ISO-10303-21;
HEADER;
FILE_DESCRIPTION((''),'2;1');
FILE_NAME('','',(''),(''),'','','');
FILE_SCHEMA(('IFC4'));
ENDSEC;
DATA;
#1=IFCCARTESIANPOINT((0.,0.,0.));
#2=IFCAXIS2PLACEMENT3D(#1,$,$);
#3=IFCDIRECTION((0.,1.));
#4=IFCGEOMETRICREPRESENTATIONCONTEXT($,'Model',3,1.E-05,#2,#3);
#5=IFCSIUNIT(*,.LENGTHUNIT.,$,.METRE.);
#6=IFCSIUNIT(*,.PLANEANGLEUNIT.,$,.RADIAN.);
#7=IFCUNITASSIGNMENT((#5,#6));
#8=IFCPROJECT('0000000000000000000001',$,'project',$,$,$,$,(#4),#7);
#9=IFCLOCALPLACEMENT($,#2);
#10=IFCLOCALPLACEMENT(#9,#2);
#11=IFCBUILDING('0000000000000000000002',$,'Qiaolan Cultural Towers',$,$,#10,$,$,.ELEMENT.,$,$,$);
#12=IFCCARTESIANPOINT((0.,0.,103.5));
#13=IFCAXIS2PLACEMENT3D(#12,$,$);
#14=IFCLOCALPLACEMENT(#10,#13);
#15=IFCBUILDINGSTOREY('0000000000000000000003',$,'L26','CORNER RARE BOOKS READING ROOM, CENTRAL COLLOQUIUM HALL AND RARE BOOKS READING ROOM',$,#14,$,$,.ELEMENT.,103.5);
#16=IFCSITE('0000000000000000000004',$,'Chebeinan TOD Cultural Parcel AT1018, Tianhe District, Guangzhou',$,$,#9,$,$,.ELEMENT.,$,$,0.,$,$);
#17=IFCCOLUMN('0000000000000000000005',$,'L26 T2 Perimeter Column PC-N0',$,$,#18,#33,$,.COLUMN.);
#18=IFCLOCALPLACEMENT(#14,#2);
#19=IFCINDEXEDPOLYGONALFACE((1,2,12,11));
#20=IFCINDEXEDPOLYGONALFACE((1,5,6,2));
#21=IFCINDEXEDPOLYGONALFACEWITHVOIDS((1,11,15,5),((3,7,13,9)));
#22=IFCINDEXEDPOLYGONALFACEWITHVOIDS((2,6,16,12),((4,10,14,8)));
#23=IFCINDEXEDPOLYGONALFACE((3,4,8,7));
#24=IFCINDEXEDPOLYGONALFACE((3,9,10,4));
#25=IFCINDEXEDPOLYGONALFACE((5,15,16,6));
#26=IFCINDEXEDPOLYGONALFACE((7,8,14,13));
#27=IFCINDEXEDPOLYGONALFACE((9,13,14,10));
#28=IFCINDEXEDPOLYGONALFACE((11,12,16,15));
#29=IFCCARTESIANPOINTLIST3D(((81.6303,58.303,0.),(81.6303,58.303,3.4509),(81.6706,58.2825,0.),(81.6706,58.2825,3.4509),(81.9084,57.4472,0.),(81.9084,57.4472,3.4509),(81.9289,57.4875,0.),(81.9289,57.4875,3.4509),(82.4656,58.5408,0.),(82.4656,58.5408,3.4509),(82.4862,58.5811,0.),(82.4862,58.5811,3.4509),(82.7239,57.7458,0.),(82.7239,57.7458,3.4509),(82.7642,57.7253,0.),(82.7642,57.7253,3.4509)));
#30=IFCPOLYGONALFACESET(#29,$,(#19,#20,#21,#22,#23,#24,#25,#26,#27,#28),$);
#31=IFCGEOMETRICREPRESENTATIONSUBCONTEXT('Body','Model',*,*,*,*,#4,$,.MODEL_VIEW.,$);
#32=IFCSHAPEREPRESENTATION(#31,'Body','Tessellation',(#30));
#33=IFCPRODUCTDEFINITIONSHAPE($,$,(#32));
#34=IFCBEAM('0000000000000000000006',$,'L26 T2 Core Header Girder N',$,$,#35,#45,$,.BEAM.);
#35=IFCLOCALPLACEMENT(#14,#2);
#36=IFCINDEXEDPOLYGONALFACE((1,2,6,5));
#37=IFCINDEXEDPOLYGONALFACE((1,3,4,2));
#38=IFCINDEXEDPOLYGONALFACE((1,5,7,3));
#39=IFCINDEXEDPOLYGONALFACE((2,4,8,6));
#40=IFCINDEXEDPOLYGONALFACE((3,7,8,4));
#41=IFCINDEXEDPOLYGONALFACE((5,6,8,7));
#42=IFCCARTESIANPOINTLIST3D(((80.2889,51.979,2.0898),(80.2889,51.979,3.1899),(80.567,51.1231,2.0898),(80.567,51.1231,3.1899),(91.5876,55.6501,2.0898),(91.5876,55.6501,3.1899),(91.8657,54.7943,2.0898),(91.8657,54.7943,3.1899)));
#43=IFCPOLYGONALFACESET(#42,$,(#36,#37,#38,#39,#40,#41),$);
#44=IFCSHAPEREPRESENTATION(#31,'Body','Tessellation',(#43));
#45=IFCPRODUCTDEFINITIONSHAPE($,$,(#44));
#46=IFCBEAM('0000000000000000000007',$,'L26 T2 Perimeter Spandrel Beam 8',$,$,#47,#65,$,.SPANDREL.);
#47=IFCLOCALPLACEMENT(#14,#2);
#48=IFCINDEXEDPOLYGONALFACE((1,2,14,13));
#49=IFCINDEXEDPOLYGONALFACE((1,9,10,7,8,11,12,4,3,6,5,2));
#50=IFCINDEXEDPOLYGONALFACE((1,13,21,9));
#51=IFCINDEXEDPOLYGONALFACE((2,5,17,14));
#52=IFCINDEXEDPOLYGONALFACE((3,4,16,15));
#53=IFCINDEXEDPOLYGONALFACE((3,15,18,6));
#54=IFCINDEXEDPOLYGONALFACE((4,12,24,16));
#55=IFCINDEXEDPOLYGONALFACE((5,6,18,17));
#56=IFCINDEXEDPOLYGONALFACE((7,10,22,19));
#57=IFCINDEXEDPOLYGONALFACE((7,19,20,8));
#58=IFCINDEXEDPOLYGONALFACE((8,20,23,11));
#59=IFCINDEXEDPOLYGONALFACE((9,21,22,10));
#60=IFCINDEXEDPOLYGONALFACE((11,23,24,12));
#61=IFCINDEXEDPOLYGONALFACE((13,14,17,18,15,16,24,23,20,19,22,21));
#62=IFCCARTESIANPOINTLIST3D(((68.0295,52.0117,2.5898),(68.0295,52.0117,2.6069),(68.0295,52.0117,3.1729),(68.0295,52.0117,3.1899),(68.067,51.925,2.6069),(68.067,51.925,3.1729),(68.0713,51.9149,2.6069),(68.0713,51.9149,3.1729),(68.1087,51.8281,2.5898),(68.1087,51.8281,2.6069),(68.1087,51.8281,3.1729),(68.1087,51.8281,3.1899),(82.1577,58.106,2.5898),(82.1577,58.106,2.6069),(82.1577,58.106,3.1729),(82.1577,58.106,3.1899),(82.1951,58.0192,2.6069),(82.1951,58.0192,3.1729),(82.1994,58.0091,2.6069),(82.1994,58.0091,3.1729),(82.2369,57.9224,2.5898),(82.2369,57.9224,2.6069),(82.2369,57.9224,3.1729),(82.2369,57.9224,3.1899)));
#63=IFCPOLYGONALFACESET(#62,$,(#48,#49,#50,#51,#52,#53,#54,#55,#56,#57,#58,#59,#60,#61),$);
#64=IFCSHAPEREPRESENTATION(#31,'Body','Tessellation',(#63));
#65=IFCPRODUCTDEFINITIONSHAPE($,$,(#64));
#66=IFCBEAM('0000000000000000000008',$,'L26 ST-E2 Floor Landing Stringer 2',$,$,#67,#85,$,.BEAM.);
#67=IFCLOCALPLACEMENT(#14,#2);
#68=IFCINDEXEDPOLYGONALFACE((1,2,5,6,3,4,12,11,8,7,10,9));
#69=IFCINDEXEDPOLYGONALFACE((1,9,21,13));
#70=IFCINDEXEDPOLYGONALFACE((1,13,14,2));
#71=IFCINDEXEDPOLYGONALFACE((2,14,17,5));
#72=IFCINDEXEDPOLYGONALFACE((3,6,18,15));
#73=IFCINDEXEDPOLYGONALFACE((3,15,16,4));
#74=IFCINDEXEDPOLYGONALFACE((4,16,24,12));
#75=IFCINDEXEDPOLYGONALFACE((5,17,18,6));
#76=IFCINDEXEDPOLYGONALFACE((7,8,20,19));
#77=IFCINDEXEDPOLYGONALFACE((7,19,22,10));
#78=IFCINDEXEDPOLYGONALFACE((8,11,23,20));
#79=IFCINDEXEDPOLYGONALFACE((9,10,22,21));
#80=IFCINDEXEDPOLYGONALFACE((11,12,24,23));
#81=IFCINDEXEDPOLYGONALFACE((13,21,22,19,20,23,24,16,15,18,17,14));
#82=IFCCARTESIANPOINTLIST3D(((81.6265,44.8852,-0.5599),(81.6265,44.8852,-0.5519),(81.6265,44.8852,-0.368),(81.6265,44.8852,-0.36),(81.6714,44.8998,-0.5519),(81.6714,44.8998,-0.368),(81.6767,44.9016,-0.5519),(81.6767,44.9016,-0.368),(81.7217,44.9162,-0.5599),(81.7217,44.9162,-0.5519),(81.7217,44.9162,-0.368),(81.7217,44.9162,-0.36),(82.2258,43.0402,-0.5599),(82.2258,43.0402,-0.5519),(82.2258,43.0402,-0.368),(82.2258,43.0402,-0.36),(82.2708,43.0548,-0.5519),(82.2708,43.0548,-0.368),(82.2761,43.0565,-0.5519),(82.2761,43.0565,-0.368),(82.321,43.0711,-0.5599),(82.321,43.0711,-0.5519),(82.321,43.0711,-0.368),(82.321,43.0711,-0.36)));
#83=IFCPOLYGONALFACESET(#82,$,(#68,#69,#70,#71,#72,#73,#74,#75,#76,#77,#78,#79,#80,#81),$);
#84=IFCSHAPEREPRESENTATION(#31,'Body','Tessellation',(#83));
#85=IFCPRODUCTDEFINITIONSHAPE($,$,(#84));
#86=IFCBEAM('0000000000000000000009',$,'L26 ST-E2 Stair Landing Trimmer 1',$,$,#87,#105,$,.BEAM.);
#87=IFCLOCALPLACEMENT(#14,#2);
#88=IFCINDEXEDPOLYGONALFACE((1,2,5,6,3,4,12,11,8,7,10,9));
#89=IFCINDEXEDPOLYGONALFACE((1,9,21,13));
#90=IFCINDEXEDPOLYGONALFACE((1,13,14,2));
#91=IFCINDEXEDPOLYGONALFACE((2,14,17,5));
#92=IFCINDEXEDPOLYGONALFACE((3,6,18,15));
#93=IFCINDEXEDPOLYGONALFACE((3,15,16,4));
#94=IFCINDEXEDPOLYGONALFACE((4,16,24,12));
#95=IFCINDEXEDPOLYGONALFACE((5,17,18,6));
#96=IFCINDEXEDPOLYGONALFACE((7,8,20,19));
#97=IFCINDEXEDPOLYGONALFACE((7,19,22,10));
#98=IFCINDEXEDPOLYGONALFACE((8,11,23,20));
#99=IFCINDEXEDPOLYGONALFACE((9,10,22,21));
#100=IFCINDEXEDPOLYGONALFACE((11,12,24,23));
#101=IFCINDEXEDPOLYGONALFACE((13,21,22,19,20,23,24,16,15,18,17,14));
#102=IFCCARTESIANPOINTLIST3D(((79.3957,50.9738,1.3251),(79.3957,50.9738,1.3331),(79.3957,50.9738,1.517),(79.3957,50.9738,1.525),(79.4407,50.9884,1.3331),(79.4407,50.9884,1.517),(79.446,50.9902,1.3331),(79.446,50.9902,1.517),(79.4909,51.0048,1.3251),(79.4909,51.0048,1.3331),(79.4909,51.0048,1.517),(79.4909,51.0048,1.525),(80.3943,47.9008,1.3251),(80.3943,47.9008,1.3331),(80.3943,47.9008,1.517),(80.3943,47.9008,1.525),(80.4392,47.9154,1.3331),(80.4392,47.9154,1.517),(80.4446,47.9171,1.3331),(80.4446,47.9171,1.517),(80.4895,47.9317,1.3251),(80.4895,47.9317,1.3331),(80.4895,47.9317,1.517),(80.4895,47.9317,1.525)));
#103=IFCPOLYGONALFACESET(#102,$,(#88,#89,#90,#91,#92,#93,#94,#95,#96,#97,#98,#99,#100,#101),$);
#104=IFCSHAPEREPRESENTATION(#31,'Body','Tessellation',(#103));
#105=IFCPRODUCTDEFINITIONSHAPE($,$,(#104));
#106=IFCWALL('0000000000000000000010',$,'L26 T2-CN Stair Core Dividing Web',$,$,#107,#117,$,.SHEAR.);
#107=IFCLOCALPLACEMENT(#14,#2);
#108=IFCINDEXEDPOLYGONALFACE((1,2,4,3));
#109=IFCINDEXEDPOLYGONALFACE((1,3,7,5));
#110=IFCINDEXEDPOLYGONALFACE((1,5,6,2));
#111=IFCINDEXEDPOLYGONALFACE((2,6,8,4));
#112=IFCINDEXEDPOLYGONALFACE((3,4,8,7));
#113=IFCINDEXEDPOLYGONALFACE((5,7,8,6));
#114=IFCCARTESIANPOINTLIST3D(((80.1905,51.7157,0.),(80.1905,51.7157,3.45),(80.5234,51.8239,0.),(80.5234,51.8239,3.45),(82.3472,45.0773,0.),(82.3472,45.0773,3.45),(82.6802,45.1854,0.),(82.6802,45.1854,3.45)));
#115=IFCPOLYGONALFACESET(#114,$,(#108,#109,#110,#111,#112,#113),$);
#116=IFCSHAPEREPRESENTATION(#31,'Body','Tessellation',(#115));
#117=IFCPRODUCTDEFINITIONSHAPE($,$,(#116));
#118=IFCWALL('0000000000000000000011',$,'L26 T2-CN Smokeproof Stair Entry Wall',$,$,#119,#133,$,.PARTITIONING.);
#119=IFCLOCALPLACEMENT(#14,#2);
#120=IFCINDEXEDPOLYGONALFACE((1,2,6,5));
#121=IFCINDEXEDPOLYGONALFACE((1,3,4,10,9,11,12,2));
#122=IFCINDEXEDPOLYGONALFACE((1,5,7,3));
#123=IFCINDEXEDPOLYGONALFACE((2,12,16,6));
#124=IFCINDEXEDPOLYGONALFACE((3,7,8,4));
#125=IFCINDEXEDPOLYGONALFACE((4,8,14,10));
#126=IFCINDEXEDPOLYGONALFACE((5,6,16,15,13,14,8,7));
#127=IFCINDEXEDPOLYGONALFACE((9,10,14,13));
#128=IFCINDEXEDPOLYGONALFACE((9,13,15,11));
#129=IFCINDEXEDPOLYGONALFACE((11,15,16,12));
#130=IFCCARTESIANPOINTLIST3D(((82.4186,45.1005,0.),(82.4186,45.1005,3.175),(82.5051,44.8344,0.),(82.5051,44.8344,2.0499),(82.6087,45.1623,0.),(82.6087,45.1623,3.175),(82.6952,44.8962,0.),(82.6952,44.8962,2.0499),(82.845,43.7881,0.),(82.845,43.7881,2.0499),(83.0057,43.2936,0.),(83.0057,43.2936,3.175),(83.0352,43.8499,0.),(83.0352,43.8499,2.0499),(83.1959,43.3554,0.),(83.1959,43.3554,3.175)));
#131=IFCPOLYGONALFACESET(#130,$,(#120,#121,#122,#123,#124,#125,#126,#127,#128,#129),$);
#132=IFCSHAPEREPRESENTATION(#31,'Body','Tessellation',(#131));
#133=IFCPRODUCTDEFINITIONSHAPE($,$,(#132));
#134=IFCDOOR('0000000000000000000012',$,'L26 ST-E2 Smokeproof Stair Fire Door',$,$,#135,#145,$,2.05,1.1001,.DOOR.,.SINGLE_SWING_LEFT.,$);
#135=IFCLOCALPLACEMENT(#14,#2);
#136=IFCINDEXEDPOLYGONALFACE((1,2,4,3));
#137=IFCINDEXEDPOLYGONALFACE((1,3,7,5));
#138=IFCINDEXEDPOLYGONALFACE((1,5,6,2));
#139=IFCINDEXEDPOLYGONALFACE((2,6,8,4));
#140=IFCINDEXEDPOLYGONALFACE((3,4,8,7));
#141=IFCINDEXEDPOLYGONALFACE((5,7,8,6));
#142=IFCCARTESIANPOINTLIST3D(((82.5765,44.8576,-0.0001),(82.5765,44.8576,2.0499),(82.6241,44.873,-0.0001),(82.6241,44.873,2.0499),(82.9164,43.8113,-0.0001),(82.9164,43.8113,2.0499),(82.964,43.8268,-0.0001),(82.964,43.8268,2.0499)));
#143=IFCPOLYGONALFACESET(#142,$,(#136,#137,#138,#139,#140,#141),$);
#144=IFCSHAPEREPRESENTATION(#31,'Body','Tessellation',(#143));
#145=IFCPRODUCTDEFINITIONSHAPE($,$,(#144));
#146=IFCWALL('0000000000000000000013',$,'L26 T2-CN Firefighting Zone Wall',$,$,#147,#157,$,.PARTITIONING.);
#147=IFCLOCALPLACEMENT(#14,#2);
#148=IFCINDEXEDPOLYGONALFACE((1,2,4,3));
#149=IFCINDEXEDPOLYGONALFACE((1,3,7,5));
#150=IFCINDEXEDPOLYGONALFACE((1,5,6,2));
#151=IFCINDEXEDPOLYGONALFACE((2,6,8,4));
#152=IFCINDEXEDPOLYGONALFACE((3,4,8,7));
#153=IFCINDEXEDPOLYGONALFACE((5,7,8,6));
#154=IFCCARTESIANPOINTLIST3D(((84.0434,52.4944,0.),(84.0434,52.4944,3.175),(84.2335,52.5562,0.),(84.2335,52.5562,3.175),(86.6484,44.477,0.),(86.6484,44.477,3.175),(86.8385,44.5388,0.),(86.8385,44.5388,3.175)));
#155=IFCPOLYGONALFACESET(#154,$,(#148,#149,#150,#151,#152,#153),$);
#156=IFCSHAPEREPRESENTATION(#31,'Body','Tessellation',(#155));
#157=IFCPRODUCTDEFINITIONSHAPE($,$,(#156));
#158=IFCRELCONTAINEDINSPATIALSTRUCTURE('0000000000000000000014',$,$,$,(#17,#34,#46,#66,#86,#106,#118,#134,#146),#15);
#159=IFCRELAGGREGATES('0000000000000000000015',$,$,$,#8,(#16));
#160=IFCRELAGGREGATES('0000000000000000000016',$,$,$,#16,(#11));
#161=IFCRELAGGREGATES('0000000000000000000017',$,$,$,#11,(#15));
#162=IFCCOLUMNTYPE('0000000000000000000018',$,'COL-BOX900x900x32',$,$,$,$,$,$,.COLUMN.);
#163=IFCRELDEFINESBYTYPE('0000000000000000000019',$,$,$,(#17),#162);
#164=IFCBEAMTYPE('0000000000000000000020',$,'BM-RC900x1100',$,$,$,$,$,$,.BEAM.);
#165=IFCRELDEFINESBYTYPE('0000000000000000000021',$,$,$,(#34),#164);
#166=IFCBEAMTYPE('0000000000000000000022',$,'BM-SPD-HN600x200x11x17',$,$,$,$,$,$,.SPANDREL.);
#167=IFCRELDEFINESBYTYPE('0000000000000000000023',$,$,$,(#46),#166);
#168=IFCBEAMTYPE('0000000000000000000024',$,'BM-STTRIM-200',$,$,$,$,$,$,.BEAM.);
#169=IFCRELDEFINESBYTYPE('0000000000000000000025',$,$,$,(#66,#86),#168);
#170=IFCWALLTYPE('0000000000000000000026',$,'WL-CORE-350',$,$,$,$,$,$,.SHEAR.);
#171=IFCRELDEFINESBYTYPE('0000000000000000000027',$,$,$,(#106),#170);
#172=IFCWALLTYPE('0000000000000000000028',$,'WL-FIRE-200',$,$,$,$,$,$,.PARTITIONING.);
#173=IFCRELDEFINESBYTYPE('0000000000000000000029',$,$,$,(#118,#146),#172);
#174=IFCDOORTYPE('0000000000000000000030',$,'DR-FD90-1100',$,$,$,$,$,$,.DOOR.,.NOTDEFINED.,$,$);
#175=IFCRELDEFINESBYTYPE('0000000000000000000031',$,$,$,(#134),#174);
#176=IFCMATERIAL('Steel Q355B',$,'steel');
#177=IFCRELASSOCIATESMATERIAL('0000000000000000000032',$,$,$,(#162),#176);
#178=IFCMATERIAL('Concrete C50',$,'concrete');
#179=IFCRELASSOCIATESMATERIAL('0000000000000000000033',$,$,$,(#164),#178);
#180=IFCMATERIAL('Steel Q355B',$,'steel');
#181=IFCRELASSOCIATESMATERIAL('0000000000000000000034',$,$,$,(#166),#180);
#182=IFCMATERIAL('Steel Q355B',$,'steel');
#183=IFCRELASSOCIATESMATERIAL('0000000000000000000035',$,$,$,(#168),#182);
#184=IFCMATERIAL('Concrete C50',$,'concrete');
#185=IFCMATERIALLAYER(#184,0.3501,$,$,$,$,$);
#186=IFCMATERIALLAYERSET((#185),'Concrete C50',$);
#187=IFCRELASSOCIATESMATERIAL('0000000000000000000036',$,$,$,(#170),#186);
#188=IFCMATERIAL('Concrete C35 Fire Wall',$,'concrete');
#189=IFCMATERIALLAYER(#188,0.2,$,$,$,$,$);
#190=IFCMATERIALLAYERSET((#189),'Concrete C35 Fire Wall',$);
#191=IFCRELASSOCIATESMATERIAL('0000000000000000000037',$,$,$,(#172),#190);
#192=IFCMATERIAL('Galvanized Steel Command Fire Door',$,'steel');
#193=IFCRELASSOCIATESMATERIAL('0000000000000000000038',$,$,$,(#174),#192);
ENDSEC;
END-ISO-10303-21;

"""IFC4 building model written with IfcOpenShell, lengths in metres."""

from ifc_helpers import new_model, si_unit, direction, frame, frame_2d, origin, origin_2d, place, context, subcontext, project, spatial, rectangle, hollow_rectangle, i_section, extrude, material, layer, layer_set, material_profile, profile_set, type_object, element, fill, save


model = new_model("IFC4")

# Units and contexts
model_context = context("Model", 3, precision=1e-05, world=origin(), true_north=direction((0.0, 1.0)))
body_context = subcontext(model_context, "Body", "Model", "MODEL_VIEW")
ifc_project = project(units=[si_unit("LENGTHUNIT", "METRE"), si_unit("PLANEANGLEUNIT", "RADIAN")], contexts=[model_context])

# Site, building, storey
site_placement = place(None, origin())
site = spatial("IfcSite", under=ifc_project, at=site_placement, Name="Chebeinan TOD Cultural Parcel AT1018, Tianhe District, Guangzhou", CompositionType="ELEMENT", RefElevation=0.0)
building_placement = place(site_placement, origin())
building = spatial("IfcBuilding", under=site, at=building_placement, Name="Qiaolan Cultural Towers", CompositionType="ELEMENT")
storey_placement = place(building_placement, frame((0.0, 0.0, 103.5)))
storey = spatial("IfcBuildingStorey", under=building, at=storey_placement, Name="L26", Description="CORNER RARE BOOKS READING ROOM, CENTRAL COLLOQUIUM HALL AND RARE BOOKS READING ROOM", CompositionType="ELEMENT", Elevation=103.5)

# Column
ifc_material_1 = material(Name="Steel Q355B", Category="steel")
ifc_material_profile_1 = material_profile(ifc_material_1, hollow_rectangle(XDim=0.8999, YDim=0.8999, WallThickness=0.032, at=origin_2d()), Name="BOX900x900x32")
ifc_profile_set_1 = profile_set([ifc_material_profile_1], Name="Steel Q355B")
column_type = type_object("IfcColumnType", Name="COL-BOX900x900x32", PredefinedType="COLUMN", material=ifc_profile_set_1)
column_placement = place(storey_placement, frame((82.1973, 58.0142, 0.0), z_axis=(0.0, 0.0, 1.0), x_axis=(0.951057, 0.309017, 0.0)))
element("IfcColumn", 1, at=column_placement, inside=storey, type_object=column_type, Name="L26 T2 Perimeter Column PC-N0", PredefinedType="COLUMN", context=body_context, shape_type="SweptSolid", body=[
    extrude(hollow_rectangle(XDim=0.8999, YDim=0.8999, WallThickness=0.032, at=origin_2d()), origin(), (0.0, 0.0, 1.0), 3.4509),
])

# Beams
ifc_material_2 = material(Name="Concrete C50", Category="concrete")
ifc_material_profile_2 = material_profile(ifc_material_2, rectangle(XDim=0.8999, YDim=1.1001, at=origin_2d()), Name="RC900x1100")
ifc_profile_set_2 = profile_set([ifc_material_profile_2], Name="Concrete C50")
beam_type_1 = type_object("IfcBeamType", Name="BM-RC900x1100", PredefinedType="BEAM", material=ifc_profile_set_2)
beam_1_placement = place(storey_placement, frame((80.428, 51.551, 2.6399), z_axis=(0.951056, 0.309018, 0.0), x_axis=(-0.309018, 0.951056, 0.0)))
element("IfcBeam", 2, at=beam_1_placement, inside=storey, type_object=beam_type_1, Name="L26 T2 Core Header Girder N", PredefinedType="BEAM", context=body_context, shape_type="SweptSolid", body=[
    extrude(rectangle(XDim=0.8999, YDim=1.1001, at=origin_2d()), origin(), (0.0, 0.0, 1.0), 11.8801),
])
ifc_material_3 = material(Name="Steel Q355B", Category="steel")
ifc_material_profile_3 = material_profile(ifc_material_3, i_section(OverallWidth=0.2, OverallDepth=0.6001, WebThickness=0.011, FlangeThickness=0.0171, at=origin_2d()), Name="HN600x200x11x17")
ifc_profile_set_3 = profile_set([ifc_material_profile_3], Name="Steel Q355B")
beam_type_2 = type_object("IfcBeamType", Name="BM-SPD-HN600x200x11x17", PredefinedType="SPANDREL", material=ifc_profile_set_3)
beam_2_placement = place(storey_placement, frame((82.1973, 58.0142, 2.8899), z_axis=(-0.918218, -0.396076, 0.0), x_axis=(0.396076, -0.918218, 0.0)))
element("IfcBeam", 3, at=beam_2_placement, inside=storey, type_object=beam_type_2, Name="L26 T2 Perimeter Spandrel Beam 8", PredefinedType="SPANDREL", context=body_context, shape_type="SweptSolid", body=[
    extrude(i_section(OverallWidth=0.2, OverallDepth=0.6001, WebThickness=0.011, FlangeThickness=0.0171, at=origin_2d()), origin(), (0.0, 0.0, 1.0), 15.3865),
])
ifc_material_4 = material(Name="Steel Q355B", Category="steel")
ifc_material_profile_4 = material_profile(ifc_material_4, i_section(OverallWidth=0.1001, OverallDepth=0.2, WebThickness=0.0056, FlangeThickness=0.0081, at=origin_2d()), Name="HN200x100x5.5x8")
ifc_profile_set_4 = profile_set([ifc_material_profile_4], Name="Steel Q355B")
beam_type_3 = type_object("IfcBeamType", Name="BM-STTRIM-200", PredefinedType="BEAM", material=ifc_profile_set_4)
beam_3_placement = place(storey_placement, frame((82.2734, 43.0557, -0.46), z_axis=(-0.308969, 0.951072, 0.0), x_axis=(-0.951072, -0.308969, 0.0)))
element("IfcBeam", 4, at=beam_3_placement, inside=storey, type_object=beam_type_3, Name="L26 ST-E2 Floor Landing Stringer 2", PredefinedType="BEAM", context=body_context, shape_type="SweptSolid", body=[
    extrude(i_section(OverallWidth=0.1001, OverallDepth=0.2, WebThickness=0.0056, FlangeThickness=0.0081, at=origin_2d()), origin(), (0.0, 0.0, 1.0), 1.9399),
])
beam_4_placement = place(storey_placement, frame((80.4419, 47.9163, 1.425), z_axis=(-0.309033, 0.951051, 0.0), x_axis=(-0.951051, -0.309033, 0.0)))
element("IfcBeam", 5, at=beam_4_placement, inside=storey, type_object=beam_type_3, Name="L26 ST-E2 Stair Landing Trimmer 1", PredefinedType="BEAM", context=body_context, shape_type="SweptSolid", body=[
    extrude(i_section(OverallWidth=0.1001, OverallDepth=0.2, WebThickness=0.0056, FlangeThickness=0.0081, at=origin_2d()), origin(), (0.0, 0.0, 1.0), 3.2312),
])

# Wall
ifc_material_5 = material(Name="Concrete C50", Category="concrete")
ifc_layer_1 = layer(ifc_material_5, 0.3501)
ifc_layer_set_1 = layer_set([ifc_layer_1], Name="Concrete C50")
wall_type_1 = type_object("IfcWallType", Name="WL-CORE-350", PredefinedType="SHEAR", material=ifc_layer_set_1)
wall_1_placement = place(storey_placement, frame((82.5137, 45.1313, 0.0), z_axis=(0.0, 0.0, 1.0), x_axis=(-0.308989, 0.951066, 0.0)))
element("IfcWall", 6, at=wall_1_placement, inside=storey, type_object=wall_type_1, Name="L26 T2-CN Stair Core Dividing Web", PredefinedType="SHEAR", context=body_context, shape_type="SweptSolid", body=[
    extrude(rectangle(XDim=6.98, YDim=0.3501, at=frame_2d((3.49, 0.0))), origin(), (0.0, 0.0, 1.0), 3.45),
])

# Wall, opening, door
ifc_material_6 = material(Name="Concrete C35 Fire Wall", Category="concrete")
ifc_layer_2 = layer(ifc_material_6, 0.2)
ifc_layer_set_2 = layer_set([ifc_layer_2], Name="Concrete C35 Fire Wall")
wall_type_2 = type_object("IfcWallType", Name="WL-FIRE-200", PredefinedType="PARTITIONING", material=ifc_layer_set_2)
wall_2_placement = place(storey_placement, frame((83.1008, 43.3245, 0.0), z_axis=(0.0, 0.0, 1.0), x_axis=(-0.309048, 0.951046, 0.0)))
wall_2 = element("IfcWall", 7, at=wall_2_placement, inside=storey, type_object=wall_type_2, Name="L26 T2-CN Smokeproof Stair Entry Wall", PredefinedType="PARTITIONING", context=body_context, shape_type="SweptSolid", body=[
    extrude(rectangle(XDim=1.8999, YDim=0.2, at=frame_2d((0.95, 0.0))), origin(), (0.0, 0.0, 1.0), 3.175),
])
opening_1_placement = place(wall_2_placement, frame((0.52, 0.0, 0.0)))
opening_1 = element("IfcOpeningElement", 8, at=opening_1_placement, cuts=wall_2, PredefinedType="OPENING", context=body_context, shape_type="SweptSolid", body=[
    extrude(rectangle(XDim=1.1001, YDim=2.05, at=frame_2d((0.55, 1.0249))), frame((0.0, 0.1099, 0.0), z_axis=(0.0, -1.0, 0.0), x_axis=(1.0, 0.0, 0.0)), (0.0, 0.0, 1.0), 0.22),
])
ifc_material_7 = material(Name="Galvanized Steel Command Fire Door", Category="steel")
door_type_1 = type_object("IfcDoorType", Name="DR-FD90-1100", OperationType="NOTDEFINED", PredefinedType="DOOR", material=ifc_material_7)
door_1_placement = place(opening_1_placement, origin())
door_1 = element("IfcDoor", 9, at=door_1_placement, inside=storey, type_object=door_type_1, Name="L26 ST-E2 Smokeproof Stair Fire Door", OperationType="SINGLE_SWING_LEFT", OverallHeight=2.05, OverallWidth=1.1001, PredefinedType="DOOR", context=body_context, shape_type="SweptSolid", body=[
    extrude(rectangle(XDim=1.1001, YDim=2.05, at=frame_2d((0.55, 1.0249))), frame((0.0, 0.0249, 0.0), z_axis=(0.0, -1.0, 0.0), x_axis=(1.0, 0.0, 0.0)), (0.0, 0.0, 1.0), 0.05),
])
fill(opening_1, door_1)

# Wall
wall_3_placement = place(storey_placement, frame((86.7434, 44.5081, 0.0), z_axis=(0.0, 0.0, 1.0), x_axis=(-0.309016, 0.951057, 0.0)))
element("IfcWall", 10, at=wall_3_placement, inside=storey, type_object=wall_type_2, Name="L26 T2-CN Firefighting Zone Wall", PredefinedType="PARTITIONING", context=body_context, shape_type="SweptSolid", body=[
    extrude(rectangle(XDim=8.4299, YDim=0.2, at=frame_2d((4.2148, 0.0))), origin(), (0.0, 0.0, 1.0), 3.175),
])

save(model, "model.ifc")
